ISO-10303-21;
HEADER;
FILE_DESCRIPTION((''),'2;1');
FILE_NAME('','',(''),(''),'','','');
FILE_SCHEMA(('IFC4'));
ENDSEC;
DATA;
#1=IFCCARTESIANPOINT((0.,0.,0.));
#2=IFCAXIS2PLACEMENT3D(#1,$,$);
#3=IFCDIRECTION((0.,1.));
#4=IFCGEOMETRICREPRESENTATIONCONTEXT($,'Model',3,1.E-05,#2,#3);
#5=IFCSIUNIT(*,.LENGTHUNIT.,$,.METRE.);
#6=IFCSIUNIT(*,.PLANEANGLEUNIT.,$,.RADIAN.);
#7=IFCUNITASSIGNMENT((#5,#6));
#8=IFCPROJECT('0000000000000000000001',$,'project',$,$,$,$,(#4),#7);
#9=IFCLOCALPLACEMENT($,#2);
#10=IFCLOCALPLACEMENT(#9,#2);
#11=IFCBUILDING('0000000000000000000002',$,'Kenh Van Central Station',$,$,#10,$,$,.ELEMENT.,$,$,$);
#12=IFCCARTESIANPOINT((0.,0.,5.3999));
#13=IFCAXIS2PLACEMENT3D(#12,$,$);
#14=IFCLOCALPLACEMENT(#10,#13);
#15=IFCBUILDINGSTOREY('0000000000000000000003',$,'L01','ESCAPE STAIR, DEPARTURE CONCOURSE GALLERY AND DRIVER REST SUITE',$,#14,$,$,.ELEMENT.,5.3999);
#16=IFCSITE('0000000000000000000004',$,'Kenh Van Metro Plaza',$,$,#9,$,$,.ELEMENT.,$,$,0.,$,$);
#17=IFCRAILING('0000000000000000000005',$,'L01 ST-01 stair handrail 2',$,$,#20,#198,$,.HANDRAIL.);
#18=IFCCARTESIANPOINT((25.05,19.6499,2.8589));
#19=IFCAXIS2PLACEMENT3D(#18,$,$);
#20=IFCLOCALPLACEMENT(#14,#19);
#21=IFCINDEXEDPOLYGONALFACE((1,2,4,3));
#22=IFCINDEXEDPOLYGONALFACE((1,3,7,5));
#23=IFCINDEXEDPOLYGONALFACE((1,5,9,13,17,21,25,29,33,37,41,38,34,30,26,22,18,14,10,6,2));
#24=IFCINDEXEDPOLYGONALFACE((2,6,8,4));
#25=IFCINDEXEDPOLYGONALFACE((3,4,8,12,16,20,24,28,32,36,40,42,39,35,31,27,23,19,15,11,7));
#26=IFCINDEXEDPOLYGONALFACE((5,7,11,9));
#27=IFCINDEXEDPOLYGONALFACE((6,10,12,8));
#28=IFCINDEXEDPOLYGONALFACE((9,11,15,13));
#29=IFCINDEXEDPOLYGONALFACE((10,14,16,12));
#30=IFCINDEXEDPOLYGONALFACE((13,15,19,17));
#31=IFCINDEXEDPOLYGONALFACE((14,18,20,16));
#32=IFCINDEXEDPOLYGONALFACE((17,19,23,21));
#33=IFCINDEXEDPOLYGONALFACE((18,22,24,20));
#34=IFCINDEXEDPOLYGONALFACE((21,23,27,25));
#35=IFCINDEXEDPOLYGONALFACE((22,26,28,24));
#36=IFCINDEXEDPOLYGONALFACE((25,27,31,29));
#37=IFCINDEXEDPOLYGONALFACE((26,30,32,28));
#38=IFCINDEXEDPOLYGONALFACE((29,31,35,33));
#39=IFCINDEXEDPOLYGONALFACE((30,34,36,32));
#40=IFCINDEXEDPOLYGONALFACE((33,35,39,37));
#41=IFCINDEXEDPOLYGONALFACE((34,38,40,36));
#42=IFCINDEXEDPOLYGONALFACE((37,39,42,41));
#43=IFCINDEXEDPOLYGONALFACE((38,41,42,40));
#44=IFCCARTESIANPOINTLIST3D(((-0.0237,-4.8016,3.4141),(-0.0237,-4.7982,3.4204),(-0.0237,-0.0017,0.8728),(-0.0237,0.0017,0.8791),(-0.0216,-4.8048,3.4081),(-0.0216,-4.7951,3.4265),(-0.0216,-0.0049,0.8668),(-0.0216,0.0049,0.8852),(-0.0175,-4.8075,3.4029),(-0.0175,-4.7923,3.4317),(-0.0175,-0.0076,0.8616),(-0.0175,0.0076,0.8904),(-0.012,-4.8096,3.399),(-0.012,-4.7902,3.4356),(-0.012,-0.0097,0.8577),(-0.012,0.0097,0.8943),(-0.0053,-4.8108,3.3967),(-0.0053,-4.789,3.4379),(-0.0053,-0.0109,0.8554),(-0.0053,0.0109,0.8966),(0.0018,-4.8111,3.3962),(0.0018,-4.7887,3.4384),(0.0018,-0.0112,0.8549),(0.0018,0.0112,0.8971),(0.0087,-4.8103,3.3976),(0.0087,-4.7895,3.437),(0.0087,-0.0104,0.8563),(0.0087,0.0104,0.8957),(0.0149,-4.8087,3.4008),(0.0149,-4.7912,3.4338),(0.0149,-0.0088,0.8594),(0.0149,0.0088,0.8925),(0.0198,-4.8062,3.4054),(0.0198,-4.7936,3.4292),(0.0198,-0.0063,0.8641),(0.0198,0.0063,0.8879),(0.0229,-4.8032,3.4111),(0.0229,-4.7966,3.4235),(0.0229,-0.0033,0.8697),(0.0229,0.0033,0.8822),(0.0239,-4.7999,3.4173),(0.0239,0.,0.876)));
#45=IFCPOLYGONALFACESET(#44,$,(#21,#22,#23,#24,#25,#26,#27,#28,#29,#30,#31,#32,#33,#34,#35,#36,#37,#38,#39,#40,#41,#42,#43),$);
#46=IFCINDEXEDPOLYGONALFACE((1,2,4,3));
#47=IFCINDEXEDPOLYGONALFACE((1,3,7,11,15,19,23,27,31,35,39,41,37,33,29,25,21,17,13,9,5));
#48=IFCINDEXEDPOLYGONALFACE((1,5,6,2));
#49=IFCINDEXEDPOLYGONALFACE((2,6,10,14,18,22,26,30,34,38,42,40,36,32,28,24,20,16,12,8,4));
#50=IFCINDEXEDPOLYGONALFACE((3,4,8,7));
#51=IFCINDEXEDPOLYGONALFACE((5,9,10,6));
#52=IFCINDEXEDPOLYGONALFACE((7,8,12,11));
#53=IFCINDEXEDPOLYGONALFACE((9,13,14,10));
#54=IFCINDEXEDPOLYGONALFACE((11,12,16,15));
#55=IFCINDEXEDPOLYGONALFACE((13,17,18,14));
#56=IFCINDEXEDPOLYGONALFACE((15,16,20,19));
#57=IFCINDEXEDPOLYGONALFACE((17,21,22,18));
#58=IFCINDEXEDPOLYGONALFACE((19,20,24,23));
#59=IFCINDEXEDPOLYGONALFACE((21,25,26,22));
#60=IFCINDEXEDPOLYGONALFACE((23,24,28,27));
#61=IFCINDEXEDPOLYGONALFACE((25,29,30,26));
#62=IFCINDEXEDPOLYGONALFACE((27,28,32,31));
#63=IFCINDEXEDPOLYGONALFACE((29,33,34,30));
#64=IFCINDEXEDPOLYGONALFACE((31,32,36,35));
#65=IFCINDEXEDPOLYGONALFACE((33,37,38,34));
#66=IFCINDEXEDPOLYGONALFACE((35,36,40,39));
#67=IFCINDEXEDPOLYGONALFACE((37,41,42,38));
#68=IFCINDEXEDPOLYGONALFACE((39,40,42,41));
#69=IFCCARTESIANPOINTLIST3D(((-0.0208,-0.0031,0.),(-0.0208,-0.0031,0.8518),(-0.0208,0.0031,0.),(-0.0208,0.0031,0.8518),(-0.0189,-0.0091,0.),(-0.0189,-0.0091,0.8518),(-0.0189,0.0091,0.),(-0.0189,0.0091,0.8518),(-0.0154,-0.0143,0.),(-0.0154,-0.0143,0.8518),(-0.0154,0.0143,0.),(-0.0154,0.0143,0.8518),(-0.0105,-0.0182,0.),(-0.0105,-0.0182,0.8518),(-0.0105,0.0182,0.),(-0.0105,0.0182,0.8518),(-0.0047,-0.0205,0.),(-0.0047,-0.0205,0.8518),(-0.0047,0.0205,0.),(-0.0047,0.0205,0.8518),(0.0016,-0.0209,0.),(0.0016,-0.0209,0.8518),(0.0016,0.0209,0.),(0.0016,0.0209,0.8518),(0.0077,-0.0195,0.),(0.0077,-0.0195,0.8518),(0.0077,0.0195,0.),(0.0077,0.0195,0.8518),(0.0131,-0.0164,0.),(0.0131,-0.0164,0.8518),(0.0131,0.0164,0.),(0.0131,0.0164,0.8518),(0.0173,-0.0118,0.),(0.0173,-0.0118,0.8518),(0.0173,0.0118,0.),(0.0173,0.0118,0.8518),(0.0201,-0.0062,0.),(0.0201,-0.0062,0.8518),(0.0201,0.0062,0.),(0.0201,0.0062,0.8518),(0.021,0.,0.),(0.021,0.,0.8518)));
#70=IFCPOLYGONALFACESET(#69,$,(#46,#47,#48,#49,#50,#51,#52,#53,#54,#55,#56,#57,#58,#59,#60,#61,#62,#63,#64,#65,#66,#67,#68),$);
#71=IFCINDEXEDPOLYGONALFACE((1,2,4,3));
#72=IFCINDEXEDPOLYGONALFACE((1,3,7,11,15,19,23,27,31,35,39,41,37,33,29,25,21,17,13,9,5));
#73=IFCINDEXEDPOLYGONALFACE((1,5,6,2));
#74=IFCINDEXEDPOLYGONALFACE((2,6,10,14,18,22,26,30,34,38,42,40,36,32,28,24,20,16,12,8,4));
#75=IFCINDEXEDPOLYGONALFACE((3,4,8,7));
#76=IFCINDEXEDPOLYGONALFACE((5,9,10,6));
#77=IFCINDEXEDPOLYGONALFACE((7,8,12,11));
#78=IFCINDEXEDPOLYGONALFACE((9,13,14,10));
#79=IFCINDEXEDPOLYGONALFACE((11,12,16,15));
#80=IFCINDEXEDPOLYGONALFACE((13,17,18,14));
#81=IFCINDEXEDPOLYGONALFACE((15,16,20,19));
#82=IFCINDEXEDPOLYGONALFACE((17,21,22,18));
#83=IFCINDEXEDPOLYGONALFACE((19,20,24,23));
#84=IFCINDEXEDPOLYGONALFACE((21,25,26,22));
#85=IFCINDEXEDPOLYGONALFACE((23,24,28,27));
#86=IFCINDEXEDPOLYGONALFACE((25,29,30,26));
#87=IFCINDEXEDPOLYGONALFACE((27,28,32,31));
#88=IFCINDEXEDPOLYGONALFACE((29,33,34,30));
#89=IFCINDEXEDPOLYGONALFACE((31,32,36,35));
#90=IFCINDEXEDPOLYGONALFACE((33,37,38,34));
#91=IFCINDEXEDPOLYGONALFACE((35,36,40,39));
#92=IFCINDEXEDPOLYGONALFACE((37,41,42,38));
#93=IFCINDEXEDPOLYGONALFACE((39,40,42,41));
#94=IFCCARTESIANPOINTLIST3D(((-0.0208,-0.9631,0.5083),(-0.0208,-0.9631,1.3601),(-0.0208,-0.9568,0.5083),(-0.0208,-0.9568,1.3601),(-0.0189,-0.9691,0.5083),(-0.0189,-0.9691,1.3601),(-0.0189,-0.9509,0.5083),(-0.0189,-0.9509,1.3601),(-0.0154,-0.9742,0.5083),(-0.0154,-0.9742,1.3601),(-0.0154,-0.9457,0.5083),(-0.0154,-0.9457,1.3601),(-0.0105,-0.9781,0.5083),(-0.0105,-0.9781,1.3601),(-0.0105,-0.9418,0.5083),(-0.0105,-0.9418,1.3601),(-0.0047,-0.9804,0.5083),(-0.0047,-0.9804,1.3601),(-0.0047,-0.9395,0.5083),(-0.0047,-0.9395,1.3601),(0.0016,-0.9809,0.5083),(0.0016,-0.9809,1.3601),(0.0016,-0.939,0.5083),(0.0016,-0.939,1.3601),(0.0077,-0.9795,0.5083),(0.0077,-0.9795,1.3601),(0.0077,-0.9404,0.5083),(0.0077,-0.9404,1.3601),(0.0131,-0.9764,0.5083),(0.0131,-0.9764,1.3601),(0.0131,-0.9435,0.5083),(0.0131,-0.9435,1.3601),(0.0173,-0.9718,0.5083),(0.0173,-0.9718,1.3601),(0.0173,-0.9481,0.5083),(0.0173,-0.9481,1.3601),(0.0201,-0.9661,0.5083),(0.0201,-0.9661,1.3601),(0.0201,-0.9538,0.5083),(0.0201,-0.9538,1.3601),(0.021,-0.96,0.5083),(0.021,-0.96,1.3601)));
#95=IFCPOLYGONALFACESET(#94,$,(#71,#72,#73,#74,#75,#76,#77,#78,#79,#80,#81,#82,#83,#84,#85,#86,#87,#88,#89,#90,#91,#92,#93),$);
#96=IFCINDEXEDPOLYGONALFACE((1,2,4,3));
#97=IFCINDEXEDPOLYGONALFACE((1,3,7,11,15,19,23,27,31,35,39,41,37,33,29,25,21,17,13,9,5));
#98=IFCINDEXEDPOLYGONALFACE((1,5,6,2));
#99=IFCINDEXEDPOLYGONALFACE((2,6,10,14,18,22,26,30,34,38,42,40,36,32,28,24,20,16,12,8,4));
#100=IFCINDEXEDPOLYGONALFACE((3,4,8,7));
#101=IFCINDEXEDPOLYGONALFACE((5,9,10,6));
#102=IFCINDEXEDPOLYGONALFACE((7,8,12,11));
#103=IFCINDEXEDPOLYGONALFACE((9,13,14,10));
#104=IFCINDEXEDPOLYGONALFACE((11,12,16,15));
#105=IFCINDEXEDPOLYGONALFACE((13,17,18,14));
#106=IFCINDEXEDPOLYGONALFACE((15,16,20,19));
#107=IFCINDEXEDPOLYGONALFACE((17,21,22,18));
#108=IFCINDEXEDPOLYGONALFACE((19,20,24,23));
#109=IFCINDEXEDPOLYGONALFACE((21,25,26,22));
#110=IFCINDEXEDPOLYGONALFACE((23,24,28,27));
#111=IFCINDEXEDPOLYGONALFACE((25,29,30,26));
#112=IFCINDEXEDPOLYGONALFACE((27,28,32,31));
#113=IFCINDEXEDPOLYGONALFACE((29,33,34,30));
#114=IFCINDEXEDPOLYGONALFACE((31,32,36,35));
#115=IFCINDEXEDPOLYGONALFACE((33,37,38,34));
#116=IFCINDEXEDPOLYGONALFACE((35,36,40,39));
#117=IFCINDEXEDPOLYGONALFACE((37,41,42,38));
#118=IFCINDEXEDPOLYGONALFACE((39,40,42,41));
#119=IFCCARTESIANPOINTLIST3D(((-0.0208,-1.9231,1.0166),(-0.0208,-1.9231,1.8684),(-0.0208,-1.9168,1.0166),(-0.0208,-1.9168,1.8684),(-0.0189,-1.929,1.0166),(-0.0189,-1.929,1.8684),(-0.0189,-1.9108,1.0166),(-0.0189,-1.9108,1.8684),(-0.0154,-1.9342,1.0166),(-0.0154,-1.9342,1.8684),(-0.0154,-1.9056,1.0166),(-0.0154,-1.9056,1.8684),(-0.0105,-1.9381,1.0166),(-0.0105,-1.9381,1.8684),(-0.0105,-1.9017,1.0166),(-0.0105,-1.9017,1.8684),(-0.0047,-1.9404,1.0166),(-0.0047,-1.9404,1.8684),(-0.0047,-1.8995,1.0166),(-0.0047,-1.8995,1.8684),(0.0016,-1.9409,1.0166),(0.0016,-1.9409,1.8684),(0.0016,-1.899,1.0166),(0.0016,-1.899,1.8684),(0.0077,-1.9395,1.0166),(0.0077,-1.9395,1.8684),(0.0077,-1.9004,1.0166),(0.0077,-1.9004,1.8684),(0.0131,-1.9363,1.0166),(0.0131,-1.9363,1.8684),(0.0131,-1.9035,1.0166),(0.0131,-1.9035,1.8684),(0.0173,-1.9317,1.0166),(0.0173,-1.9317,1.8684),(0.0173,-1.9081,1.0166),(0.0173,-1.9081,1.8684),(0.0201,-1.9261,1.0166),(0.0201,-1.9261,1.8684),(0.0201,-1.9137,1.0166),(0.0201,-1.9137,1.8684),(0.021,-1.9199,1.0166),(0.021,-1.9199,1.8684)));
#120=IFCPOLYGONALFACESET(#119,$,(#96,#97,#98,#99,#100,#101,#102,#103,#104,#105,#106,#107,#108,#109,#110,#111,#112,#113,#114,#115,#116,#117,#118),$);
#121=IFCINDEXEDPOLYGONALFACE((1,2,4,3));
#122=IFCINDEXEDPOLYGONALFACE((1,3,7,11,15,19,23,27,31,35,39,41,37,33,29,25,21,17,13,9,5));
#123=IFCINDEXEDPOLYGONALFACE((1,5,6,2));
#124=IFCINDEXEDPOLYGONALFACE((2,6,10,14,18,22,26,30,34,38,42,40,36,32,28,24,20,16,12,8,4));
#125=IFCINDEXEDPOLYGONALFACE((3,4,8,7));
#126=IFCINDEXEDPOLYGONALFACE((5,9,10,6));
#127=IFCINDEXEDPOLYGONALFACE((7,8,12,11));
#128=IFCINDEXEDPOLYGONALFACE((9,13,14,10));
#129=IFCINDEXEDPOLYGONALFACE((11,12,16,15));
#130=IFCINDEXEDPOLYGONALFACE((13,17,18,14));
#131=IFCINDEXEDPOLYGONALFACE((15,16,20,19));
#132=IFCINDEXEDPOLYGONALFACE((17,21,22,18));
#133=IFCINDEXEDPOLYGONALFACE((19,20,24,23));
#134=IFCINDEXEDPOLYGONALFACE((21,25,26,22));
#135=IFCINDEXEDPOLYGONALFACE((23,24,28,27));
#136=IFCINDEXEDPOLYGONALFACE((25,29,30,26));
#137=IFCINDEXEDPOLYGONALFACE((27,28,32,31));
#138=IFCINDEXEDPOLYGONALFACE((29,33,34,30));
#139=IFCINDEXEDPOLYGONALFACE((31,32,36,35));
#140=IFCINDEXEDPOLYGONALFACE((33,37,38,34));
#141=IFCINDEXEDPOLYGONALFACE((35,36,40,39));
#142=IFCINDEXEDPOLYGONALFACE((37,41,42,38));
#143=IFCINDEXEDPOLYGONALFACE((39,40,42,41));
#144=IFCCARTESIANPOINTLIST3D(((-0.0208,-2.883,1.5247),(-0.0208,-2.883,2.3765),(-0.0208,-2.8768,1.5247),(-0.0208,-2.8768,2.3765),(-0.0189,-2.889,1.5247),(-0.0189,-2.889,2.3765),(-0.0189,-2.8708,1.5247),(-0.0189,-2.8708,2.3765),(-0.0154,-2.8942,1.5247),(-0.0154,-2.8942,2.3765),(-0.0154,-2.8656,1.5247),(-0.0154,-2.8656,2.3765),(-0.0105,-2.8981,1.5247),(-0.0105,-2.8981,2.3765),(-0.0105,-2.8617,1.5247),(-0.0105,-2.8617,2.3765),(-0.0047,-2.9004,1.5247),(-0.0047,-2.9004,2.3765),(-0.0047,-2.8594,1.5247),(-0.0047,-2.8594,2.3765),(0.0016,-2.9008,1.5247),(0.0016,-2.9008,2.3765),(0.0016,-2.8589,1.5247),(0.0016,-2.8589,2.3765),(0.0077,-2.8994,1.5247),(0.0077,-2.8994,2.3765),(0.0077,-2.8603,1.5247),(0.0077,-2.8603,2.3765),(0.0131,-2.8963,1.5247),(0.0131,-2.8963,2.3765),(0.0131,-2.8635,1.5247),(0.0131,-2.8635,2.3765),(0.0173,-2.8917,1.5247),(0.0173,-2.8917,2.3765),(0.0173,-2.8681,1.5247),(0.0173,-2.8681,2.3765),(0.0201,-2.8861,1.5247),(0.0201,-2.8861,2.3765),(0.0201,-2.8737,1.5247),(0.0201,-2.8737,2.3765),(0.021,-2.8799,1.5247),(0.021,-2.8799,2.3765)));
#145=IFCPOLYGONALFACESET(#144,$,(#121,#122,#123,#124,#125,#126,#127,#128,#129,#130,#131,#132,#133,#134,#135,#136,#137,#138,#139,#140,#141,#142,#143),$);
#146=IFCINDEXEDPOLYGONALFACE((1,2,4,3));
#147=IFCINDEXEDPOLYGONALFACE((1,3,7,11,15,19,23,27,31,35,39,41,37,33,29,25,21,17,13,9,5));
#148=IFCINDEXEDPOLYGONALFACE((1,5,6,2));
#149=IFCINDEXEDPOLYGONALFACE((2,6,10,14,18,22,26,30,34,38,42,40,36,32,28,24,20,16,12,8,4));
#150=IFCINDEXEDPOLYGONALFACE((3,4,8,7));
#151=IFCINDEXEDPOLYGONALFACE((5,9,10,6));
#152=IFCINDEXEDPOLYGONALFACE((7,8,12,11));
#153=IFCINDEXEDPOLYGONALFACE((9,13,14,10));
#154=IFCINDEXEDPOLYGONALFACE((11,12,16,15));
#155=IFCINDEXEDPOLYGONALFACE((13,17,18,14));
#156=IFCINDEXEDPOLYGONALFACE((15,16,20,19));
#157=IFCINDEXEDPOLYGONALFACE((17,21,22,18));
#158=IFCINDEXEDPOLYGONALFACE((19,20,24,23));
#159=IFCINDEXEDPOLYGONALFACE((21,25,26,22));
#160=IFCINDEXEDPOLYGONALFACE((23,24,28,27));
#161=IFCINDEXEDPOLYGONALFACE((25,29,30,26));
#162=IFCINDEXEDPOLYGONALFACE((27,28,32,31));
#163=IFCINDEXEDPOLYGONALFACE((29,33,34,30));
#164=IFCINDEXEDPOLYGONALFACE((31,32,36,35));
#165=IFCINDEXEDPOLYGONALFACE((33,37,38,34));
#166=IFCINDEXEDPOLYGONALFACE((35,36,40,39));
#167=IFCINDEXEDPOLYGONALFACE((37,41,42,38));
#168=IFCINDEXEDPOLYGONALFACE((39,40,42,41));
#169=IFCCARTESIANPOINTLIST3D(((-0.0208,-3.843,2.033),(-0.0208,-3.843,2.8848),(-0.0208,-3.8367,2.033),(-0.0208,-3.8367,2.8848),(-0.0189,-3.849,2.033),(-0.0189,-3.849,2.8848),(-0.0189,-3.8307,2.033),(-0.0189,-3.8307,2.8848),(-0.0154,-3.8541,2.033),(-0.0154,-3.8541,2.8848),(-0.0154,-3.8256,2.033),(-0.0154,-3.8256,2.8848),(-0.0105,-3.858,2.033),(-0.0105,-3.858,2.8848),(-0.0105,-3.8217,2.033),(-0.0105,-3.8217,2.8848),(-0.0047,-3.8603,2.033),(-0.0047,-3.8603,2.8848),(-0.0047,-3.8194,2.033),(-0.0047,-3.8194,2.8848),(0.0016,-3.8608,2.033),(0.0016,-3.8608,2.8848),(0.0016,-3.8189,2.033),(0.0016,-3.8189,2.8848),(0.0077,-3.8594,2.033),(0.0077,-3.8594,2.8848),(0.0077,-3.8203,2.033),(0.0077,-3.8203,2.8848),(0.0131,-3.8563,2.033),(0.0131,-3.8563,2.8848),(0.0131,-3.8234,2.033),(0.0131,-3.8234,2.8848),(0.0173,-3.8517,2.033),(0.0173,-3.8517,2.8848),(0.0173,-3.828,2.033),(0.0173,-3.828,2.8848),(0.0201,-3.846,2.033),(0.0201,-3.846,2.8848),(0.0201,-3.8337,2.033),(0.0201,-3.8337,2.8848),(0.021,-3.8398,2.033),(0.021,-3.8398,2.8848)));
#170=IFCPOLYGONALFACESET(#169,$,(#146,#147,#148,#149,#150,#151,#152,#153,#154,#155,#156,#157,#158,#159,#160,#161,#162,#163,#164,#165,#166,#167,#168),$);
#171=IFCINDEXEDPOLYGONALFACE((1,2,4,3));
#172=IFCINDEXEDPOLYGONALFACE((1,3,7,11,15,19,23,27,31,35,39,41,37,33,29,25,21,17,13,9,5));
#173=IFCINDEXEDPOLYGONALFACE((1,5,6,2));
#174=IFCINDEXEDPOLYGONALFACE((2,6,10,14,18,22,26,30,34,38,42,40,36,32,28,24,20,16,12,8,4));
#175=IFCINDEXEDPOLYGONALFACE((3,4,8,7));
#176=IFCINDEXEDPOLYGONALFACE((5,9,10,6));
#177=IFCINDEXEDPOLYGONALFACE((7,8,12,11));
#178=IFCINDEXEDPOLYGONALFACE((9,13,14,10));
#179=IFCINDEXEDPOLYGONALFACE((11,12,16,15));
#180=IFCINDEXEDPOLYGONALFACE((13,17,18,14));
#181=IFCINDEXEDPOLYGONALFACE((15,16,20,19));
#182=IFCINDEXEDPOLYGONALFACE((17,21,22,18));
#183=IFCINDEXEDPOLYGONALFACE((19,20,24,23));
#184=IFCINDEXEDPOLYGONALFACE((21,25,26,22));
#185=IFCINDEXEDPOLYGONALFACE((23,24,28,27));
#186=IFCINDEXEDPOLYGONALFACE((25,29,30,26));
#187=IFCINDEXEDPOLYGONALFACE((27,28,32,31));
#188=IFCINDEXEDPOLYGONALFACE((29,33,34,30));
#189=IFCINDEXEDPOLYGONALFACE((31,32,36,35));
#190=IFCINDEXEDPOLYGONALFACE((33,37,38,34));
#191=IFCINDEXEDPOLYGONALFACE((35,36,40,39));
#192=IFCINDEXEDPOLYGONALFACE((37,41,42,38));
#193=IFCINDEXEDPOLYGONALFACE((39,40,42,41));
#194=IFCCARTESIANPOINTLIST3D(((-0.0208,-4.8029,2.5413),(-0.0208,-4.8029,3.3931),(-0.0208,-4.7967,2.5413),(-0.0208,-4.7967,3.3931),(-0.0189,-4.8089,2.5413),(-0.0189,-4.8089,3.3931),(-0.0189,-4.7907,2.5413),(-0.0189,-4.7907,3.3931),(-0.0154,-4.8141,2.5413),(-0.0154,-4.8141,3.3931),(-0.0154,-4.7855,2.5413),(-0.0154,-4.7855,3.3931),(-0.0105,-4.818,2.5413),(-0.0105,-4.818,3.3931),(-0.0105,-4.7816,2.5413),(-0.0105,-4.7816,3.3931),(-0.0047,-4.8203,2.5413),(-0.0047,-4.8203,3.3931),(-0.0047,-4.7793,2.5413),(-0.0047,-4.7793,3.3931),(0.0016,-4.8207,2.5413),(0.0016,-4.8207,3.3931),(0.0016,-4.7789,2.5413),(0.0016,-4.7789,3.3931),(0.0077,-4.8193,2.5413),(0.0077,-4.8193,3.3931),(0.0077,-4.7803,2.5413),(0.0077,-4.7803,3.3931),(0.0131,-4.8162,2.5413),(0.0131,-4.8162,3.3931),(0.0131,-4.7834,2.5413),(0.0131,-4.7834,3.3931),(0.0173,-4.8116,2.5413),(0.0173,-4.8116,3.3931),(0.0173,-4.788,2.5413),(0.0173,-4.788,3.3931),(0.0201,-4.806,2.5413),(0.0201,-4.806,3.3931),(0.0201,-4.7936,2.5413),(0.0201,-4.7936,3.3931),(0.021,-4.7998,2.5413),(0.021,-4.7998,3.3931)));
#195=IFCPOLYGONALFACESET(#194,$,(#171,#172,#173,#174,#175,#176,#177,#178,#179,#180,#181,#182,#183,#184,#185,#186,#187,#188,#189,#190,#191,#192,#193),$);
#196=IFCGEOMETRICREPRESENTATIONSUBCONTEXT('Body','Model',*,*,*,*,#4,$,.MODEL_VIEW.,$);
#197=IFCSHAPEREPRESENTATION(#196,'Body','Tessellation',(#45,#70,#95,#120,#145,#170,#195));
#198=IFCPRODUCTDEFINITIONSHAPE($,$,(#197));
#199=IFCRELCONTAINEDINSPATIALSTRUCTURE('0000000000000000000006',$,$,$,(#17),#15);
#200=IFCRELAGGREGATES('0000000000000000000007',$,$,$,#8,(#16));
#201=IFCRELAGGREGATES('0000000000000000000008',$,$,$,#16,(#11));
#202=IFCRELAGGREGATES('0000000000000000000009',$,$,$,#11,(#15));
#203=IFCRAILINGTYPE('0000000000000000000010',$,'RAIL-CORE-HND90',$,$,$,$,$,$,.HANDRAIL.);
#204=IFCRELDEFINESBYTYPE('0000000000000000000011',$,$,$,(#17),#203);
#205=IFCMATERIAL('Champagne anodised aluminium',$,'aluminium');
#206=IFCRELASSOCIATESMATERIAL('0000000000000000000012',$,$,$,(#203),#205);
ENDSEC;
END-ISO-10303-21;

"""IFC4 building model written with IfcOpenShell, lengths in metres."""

from ifc_helpers import new_model, si_unit, direction, frame, origin, origin_2d, place, context, subcontext, project, spatial, circle, extrude, material, type_object, element, save


model = new_model("IFC4")

# Units and contexts
model_context = context("Model", 3, precision=1e-05, world=origin(), true_north=direction((0.0, 1.0)))
body_context = subcontext(model_context, "Body", "Model", "MODEL_VIEW")
ifc_project = project(units=[si_unit("LENGTHUNIT", "METRE"), si_unit("PLANEANGLEUNIT", "RADIAN")], contexts=[model_context])

# Site, building, storey
site_placement = place(None, origin())
site = spatial("IfcSite", under=ifc_project, at=site_placement, Name="Kenh Van Metro Plaza", CompositionType="ELEMENT", RefElevation=0.0)
building_placement = place(site_placement, origin())
building = spatial("IfcBuilding", under=site, at=building_placement, Name="Kenh Van Central Station", CompositionType="ELEMENT")
storey_placement = place(building_placement, frame((0.0, 0.0, 5.3999)))
storey = spatial("IfcBuildingStorey", under=building, at=storey_placement, Name="L01", Description="ESCAPE STAIR, DEPARTURE CONCOURSE GALLERY AND DRIVER REST SUITE", CompositionType="ELEMENT", Elevation=5.3999)

# Shared definitions
ifc_material_1 = material(Name="Champagne anodised aluminium", Category="aluminium")

# Railing
railing_type_1 = type_object("IfcRailingType", Name="RAIL-CORE-HND90", PredefinedType="HANDRAIL", material=ifc_material_1)
railing_1_placement = place(storey_placement, frame((25.05, 19.6499, 2.8589)))
element("IfcRailing", 1, at=railing_1_placement, inside=storey, type_object=railing_type_1, Name="L01 ST-01 stair handrail 2", PredefinedType="HANDRAIL", context=body_context, shape_type="SweptSolid", body=[
    extrude(circle(Radius=0.0239, at=origin_2d()), frame((0.0, 0.0, 0.876), z_axis=(0.0, -0.883774, 0.467915), x_axis=(1.0, 0.0, 0.0)), (0.0, 0.0, 1.0), 5.4312),
    extrude(circle(Radius=0.021, at=origin_2d()), origin(), (0.0, 0.0, 1.0), 0.8518),
    extrude(circle(Radius=0.021, at=origin_2d()), frame((0.0, -0.96, 0.5083)), (0.0, 0.0, 1.0), 0.8518),
    extrude(circle(Radius=0.021, at=origin_2d()), frame((0.0, -1.9199, 1.0166)), (0.0, 0.0, 1.0), 0.8518),
    extrude(circle(Radius=0.021, at=origin_2d()), frame((0.0, -2.8799, 1.5247)), (0.0, 0.0, 1.0), 0.8518),
    extrude(circle(Radius=0.021, at=origin_2d()), frame((0.0, -3.8398, 2.033)), (0.0, 0.0, 1.0), 0.8518),
    extrude(circle(Radius=0.021, at=origin_2d()), frame((0.0, -4.7998, 2.5413)), (0.0, 0.0, 1.0), 0.8518),
])

save(model, "model.ifc")
